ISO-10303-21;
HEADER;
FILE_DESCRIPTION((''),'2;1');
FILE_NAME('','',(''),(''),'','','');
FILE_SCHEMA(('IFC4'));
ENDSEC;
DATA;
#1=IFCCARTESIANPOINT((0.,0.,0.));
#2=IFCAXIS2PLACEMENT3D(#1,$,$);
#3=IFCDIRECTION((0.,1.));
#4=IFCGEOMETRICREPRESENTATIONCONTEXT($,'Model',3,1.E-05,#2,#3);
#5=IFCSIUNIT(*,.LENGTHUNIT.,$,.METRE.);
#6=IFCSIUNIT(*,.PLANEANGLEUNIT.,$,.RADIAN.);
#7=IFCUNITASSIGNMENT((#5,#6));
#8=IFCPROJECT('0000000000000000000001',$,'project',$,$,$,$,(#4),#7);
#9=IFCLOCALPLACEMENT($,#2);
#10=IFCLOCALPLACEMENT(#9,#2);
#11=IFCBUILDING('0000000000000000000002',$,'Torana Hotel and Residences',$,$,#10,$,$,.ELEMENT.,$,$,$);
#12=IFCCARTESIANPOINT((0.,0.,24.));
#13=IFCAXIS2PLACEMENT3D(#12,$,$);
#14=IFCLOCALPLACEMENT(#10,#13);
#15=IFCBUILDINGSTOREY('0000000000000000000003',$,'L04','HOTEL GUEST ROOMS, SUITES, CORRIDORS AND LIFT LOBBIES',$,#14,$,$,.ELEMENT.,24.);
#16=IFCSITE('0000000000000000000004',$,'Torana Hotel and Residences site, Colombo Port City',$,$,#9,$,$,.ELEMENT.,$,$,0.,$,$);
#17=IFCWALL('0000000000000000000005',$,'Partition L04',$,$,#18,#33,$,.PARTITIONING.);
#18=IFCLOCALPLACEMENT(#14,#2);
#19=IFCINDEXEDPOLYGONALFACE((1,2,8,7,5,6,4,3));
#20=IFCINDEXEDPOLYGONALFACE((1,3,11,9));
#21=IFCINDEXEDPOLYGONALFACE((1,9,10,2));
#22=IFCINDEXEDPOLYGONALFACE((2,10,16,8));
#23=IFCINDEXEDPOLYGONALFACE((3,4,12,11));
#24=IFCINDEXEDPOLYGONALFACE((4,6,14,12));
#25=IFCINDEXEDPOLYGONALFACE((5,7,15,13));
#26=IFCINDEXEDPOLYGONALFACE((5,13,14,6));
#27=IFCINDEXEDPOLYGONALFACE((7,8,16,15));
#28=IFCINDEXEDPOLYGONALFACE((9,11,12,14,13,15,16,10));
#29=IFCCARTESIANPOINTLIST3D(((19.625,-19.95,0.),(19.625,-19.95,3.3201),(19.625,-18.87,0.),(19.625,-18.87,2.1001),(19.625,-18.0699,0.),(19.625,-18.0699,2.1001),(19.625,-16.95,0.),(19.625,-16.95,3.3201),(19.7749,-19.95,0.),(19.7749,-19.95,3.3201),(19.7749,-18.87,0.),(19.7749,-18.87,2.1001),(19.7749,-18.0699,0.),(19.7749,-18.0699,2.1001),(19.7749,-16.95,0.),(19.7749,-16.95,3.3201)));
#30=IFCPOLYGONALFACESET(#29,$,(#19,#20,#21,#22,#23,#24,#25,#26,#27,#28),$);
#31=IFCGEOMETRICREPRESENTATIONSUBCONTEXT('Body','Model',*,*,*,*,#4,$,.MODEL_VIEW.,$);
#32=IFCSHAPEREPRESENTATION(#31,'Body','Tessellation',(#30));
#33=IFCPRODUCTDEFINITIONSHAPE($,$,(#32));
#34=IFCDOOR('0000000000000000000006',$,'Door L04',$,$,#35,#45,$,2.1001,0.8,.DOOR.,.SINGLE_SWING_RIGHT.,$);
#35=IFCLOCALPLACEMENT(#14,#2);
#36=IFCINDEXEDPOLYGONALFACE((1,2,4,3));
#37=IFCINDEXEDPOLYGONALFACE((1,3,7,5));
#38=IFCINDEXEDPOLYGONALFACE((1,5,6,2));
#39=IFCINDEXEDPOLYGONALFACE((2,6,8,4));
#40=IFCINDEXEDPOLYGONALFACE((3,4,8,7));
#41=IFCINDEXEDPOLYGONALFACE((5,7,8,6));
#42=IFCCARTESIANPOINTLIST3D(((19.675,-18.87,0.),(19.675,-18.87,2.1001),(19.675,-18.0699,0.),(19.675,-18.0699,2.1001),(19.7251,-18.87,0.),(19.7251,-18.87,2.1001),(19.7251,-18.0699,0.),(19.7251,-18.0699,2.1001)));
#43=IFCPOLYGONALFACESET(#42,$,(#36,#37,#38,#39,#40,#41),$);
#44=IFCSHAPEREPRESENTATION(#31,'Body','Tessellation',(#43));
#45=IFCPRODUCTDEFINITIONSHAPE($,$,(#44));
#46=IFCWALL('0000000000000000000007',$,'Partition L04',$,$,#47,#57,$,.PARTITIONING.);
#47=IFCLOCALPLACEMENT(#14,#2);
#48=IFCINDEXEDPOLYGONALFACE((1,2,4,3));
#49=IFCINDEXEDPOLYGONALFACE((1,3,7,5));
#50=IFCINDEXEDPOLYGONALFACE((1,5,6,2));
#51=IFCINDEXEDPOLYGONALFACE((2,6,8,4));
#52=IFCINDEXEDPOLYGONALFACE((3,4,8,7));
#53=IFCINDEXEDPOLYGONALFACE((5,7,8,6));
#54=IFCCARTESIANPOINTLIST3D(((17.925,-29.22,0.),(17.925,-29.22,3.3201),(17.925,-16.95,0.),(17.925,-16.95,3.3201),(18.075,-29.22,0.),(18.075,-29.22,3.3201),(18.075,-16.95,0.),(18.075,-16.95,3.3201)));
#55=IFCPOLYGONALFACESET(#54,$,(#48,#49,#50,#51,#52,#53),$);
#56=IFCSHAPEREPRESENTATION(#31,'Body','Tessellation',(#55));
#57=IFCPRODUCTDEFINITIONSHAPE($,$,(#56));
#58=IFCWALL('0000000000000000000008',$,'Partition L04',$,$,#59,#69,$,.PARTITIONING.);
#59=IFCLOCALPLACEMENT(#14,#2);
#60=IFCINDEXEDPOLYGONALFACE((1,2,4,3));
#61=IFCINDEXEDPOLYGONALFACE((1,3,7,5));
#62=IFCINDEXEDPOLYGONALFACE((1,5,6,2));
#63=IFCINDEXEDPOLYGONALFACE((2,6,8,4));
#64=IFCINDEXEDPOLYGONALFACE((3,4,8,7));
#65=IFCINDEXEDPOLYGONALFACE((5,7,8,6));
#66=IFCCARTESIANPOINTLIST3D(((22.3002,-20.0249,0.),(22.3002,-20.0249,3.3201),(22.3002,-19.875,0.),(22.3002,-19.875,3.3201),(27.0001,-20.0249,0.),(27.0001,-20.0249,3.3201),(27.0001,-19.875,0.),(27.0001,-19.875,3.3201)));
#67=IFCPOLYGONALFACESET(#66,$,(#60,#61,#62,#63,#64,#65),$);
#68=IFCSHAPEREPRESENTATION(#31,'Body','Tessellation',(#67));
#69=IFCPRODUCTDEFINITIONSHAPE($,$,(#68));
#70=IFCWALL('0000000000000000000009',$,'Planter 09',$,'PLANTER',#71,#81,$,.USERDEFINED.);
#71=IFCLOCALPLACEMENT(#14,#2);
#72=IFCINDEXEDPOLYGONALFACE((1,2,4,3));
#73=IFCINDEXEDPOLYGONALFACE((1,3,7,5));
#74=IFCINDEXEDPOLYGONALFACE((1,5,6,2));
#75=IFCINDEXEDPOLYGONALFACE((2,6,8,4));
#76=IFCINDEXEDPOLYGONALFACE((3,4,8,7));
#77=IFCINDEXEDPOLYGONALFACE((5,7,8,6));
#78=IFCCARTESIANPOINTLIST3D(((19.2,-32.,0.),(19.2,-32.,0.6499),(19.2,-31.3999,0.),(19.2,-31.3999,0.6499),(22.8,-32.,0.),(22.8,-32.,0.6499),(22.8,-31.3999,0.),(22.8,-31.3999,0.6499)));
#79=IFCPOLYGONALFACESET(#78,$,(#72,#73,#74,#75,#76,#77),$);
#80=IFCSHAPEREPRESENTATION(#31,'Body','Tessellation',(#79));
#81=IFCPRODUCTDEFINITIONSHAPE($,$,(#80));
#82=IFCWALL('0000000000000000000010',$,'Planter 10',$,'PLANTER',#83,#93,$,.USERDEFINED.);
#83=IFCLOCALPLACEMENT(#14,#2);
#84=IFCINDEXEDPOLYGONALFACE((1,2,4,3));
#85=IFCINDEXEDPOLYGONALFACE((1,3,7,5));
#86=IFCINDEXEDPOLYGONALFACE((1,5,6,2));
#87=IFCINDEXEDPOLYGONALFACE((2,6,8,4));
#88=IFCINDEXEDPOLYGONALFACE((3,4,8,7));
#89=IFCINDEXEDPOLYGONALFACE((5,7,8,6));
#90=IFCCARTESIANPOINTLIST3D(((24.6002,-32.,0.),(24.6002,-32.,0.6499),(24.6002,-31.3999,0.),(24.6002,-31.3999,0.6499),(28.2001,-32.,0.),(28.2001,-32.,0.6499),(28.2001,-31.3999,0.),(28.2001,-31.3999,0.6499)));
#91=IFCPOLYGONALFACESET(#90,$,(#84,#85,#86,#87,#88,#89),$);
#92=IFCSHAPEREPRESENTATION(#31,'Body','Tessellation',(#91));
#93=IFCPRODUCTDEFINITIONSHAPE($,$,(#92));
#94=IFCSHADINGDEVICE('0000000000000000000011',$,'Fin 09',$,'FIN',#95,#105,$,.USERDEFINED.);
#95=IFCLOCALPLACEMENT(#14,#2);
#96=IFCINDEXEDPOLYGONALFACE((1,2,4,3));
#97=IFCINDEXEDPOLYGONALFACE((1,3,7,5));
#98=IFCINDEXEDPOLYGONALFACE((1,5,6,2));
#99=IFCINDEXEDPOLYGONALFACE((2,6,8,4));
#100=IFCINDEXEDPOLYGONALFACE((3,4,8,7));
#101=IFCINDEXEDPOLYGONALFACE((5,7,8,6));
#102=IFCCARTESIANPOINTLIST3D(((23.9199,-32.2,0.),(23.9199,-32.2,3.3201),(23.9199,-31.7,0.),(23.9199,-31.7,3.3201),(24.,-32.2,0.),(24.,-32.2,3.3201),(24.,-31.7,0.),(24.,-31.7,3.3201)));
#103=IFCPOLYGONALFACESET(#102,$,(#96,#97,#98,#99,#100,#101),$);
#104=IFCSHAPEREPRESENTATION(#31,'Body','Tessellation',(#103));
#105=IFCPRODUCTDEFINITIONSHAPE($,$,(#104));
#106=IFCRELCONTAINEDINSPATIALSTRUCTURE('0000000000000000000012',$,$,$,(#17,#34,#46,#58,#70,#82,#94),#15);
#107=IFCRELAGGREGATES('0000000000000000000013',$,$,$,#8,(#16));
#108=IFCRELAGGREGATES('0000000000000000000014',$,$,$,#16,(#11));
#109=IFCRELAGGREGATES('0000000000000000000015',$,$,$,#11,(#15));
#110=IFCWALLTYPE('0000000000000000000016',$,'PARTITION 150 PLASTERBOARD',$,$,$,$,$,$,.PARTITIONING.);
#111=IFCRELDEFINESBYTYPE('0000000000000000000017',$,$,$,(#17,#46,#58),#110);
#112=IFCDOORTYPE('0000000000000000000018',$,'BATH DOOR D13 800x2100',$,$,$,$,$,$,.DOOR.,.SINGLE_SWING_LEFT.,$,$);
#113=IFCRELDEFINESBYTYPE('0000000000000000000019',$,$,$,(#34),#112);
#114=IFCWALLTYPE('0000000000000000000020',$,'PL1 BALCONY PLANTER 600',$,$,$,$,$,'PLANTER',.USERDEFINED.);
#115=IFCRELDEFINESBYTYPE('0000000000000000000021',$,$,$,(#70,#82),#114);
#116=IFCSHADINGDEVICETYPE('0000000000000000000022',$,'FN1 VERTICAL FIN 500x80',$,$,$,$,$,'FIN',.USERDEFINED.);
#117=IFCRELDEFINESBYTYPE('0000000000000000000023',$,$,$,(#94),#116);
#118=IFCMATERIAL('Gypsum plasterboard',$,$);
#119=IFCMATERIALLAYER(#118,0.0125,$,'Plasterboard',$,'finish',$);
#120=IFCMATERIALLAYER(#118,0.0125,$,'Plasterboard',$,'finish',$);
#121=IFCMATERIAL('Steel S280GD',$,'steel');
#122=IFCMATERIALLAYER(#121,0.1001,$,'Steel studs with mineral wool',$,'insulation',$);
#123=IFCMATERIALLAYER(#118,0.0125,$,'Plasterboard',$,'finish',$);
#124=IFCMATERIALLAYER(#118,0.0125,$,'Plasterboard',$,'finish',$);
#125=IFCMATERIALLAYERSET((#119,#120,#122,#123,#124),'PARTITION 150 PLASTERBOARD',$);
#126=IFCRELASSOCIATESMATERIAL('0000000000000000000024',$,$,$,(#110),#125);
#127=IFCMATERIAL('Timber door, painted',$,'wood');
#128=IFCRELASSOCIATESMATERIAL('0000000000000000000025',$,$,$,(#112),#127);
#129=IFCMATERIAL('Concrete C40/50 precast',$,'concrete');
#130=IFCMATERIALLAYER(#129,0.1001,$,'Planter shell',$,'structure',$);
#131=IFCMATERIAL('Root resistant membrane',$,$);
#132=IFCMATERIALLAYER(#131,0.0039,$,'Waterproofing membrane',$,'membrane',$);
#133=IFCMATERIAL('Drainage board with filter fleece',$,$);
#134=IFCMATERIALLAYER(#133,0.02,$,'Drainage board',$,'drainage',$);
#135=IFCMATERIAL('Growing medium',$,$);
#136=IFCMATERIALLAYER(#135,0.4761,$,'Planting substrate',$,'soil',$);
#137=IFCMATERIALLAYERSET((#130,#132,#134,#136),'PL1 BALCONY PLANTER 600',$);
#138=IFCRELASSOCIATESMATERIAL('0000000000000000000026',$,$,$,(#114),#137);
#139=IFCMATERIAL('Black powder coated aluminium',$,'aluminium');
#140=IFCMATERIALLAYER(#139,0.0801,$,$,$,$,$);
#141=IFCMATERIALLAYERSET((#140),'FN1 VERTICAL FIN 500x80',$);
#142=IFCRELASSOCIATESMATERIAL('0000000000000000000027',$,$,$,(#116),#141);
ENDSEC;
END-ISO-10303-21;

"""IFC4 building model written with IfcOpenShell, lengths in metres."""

from ifc_helpers import new_model, si_unit, direction, frame, frame_2d, origin, origin_2d, place, context, subcontext, project, spatial, rectangle, extrude, material, layer, layer_set, type_object, element, fill, save


model = new_model("IFC4")

# Units and contexts
model_context = context("Model", 3, precision=1e-05, world=origin(), true_north=direction((0.0, 1.0)))
body_context = subcontext(model_context, "Body", "Model", "MODEL_VIEW")
ifc_project = project(units=[si_unit("LENGTHUNIT", "METRE"), si_unit("PLANEANGLEUNIT", "RADIAN")], contexts=[model_context])

# Site, building, storey
site_placement = place(None, origin())
site = spatial("IfcSite", under=ifc_project, at=site_placement, Name="Torana Hotel and Residences site, Colombo Port City", CompositionType="ELEMENT", RefElevation=0.0)
building_placement = place(site_placement, origin())
building = spatial("IfcBuilding", under=site, at=building_placement, Name="Torana Hotel and Residences", CompositionType="ELEMENT")
storey_placement = place(building_placement, frame((0.0, 0.0, 24.0)))
storey = spatial("IfcBuildingStorey", under=building, at=storey_placement, Name="L04", Description="HOTEL GUEST ROOMS, SUITES, CORRIDORS AND LIFT LOBBIES", CompositionType="ELEMENT", Elevation=24.0)

# Shared definitions
ifc_material_1 = material(Name="Gypsum plasterboard")
ifc_layer_1 = layer(ifc_material_1, 0.0125, Name="Plasterboard", Category="finish")
ifc_layer_2 = layer(ifc_material_1, 0.0125, Name="Plasterboard", Category="finish")
ifc_material_2 = material(Name="Steel S280GD", Category="steel")
ifc_layer_3 = layer(ifc_material_2, 0.1001, Name="Steel studs with mineral wool", Category="insulation")
ifc_layer_4 = layer(ifc_material_1, 0.0125, Name="Plasterboard", Category="finish")
ifc_layer_5 = layer(ifc_material_1, 0.0125, Name="Plasterboard", Category="finish")
ifc_layer_set_1 = layer_set([ifc_layer_1, ifc_layer_2, ifc_layer_3, ifc_layer_4, ifc_layer_5], Name="PARTITION 150 PLASTERBOARD")
wall_type_1 = type_object("IfcWallType", Name="PARTITION 150 PLASTERBOARD", PredefinedType="PARTITIONING", material=ifc_layer_set_1)

# Shared definitions
ifc_material_3 = material(Name="Timber door, painted", Category="wood")
door_type_1 = type_object("IfcDoorType", Name="BATH DOOR D13 800x2100", OperationType="SINGLE_SWING_LEFT", PredefinedType="DOOR", material=ifc_material_3)

# Wall, opening, door
wall_1_placement = place(storey_placement, frame((19.7, -19.95, 0.0), z_axis=(0.0, 0.0, 1.0), x_axis=(0.0, 1.0, 0.0)))
wall_1 = element("IfcWall", 1, at=wall_1_placement, inside=storey, type_object=wall_type_1, Name="Partition L04", PredefinedType="PARTITIONING", context=body_context, shape_type="SweptSolid", body=[
    extrude(rectangle(XDim=3.0, YDim=0.1499, at=frame_2d((1.5, 0.0))), origin(), (0.0, 0.0, 1.0), 3.3201),
])
opening_1_placement = place(wall_1_placement, frame((1.0801, 0.0, 0.0)))
opening_1 = element("IfcOpeningElement", 2, at=opening_1_placement, cuts=wall_1, PredefinedType="OPENING", context=body_context, shape_type="SweptSolid", body=[
    extrude(rectangle(XDim=0.8, YDim=2.1001, at=frame_2d((0.3999, 1.05))), frame((0.0, 0.085, 0.0), z_axis=(0.0, -1.0, 0.0), x_axis=(1.0, 0.0, 0.0)), (0.0, 0.0, 1.0), 0.1699),
])
door_1_placement = place(opening_1_placement, origin())
door_1 = element("IfcDoor", 3, at=door_1_placement, inside=storey, type_object=door_type_1, Name="Door L04", OperationType="SINGLE_SWING_RIGHT", OverallHeight=2.1001, OverallWidth=0.8, PredefinedType="DOOR", context=body_context, shape_type="SweptSolid", body=[
    extrude(rectangle(XDim=0.8, YDim=2.1001, at=frame_2d((0.3999, 1.05))), frame((0.0, 0.0249, 0.0), z_axis=(0.0, -1.0, 0.0), x_axis=(1.0, 0.0, 0.0)), (0.0, 0.0, 1.0), 0.05),
])
fill(opening_1, door_1)

# Walls
wall_2_placement = place(storey_placement, frame((18.0, -29.22, 0.0), z_axis=(0.0, 0.0, 1.0), x_axis=(0.0, 1.0, 0.0)))
element("IfcWall", 4, at=wall_2_placement, inside=storey, type_object=wall_type_1, Name="Partition L04", PredefinedType="PARTITIONING", context=body_context, shape_type="SweptSolid", body=[
    extrude(rectangle(XDim=12.27, YDim=0.1499, at=frame_2d((6.135, 0.0))), origin(), (0.0, 0.0, 1.0), 3.3201),
])
wall_3_placement = place(storey_placement, frame((22.3, -19.95, 0.0), z_axis=(0.0, 0.0, 1.0), x_axis=(1.0, 0.0, 0.0)))
element("IfcWall", 5, at=wall_3_placement, inside=storey, type_object=wall_type_1, Name="Partition L04", PredefinedType="PARTITIONING", context=body_context, shape_type="SweptSolid", body=[
    extrude(rectangle(XDim=4.7, YDim=0.1499, at=frame_2d((2.3501, 0.0))), origin(), (0.0, 0.0, 1.0), 3.3201),
])
ifc_material_4 = material(Name="Concrete C40/50 precast", Category="concrete")
ifc_layer_6 = layer(ifc_material_4, 0.1001, Name="Planter shell", Category="structure")
ifc_material_5 = material(Name="Root resistant membrane")
ifc_layer_7 = layer(ifc_material_5, 0.0039, Name="Waterproofing membrane", Category="membrane")
ifc_material_6 = material(Name="Drainage board with filter fleece")
ifc_layer_8 = layer(ifc_material_6, 0.02, Name="Drainage board", Category="drainage")
ifc_material_7 = material(Name="Growing medium")
ifc_layer_9 = layer(ifc_material_7, 0.4761, Name="Planting substrate", Category="soil")
ifc_layer_set_2 = layer_set([ifc_layer_6, ifc_layer_7, ifc_layer_8, ifc_layer_9], Name="PL1 BALCONY PLANTER 600")
wall_type_2 = type_object("IfcWallType", Name="PL1 BALCONY PLANTER 600", ElementType="PLANTER", PredefinedType="USERDEFINED", material=ifc_layer_set_2)
wall_4_placement = place(storey_placement, frame((22.8, -31.7, 0.0), z_axis=(0.0, 0.0, 1.0), x_axis=(-1.0, 0.0, 0.0)))
element("IfcWall", 6, at=wall_4_placement, inside=storey, type_object=wall_type_2, Name="Planter 09", ObjectType="PLANTER", PredefinedType="USERDEFINED", context=body_context, shape_type="SweptSolid", body=[
    extrude(rectangle(XDim=3.6001, YDim=0.6001, at=frame_2d((1.8, 0.0))), origin(), (0.0, 0.0, 1.0), 0.6499),
])
wall_5_placement = place(storey_placement, frame((28.2, -31.7, 0.0), z_axis=(0.0, 0.0, 1.0), x_axis=(-1.0, 0.0, 0.0)))
element("IfcWall", 7, at=wall_5_placement, inside=storey, type_object=wall_type_2, Name="Planter 10", ObjectType="PLANTER", PredefinedType="USERDEFINED", context=body_context, shape_type="SweptSolid", body=[
    extrude(rectangle(XDim=3.5999, YDim=0.6001, at=frame_2d((1.7998, 0.0))), origin(), (0.0, 0.0, 1.0), 0.6499),
])

# Shading device
ifc_material_8 = material(Name="Black powder coated aluminium", Category="aluminium")
ifc_layer_10 = layer(ifc_material_8, 0.0801)
ifc_layer_set_3 = layer_set([ifc_layer_10], Name="FN1 VERTICAL FIN 500x80")
shading_device_type = type_object("IfcShadingDeviceType", Name="FN1 VERTICAL FIN 500x80", ElementType="FIN", PredefinedType="USERDEFINED", material=ifc_layer_set_3)
shading_device_placement = place(storey_placement, frame((23.96, -31.95, 0.0), z_axis=(0.0, 0.0, 1.0), x_axis=(-1.0, 0.0, 0.0)))
element("IfcShadingDevice", 8, at=shading_device_placement, inside=storey, type_object=shading_device_type, Name="Fin 09", ObjectType="FIN", PredefinedType="USERDEFINED", context=body_context, shape_type="SweptSolid", body=[
    extrude(rectangle(XDim=0.0801, YDim=0.5, at=origin_2d()), origin(), (0.0, 0.0, 1.0), 3.3201),
])

save(model, "model.ifc")
